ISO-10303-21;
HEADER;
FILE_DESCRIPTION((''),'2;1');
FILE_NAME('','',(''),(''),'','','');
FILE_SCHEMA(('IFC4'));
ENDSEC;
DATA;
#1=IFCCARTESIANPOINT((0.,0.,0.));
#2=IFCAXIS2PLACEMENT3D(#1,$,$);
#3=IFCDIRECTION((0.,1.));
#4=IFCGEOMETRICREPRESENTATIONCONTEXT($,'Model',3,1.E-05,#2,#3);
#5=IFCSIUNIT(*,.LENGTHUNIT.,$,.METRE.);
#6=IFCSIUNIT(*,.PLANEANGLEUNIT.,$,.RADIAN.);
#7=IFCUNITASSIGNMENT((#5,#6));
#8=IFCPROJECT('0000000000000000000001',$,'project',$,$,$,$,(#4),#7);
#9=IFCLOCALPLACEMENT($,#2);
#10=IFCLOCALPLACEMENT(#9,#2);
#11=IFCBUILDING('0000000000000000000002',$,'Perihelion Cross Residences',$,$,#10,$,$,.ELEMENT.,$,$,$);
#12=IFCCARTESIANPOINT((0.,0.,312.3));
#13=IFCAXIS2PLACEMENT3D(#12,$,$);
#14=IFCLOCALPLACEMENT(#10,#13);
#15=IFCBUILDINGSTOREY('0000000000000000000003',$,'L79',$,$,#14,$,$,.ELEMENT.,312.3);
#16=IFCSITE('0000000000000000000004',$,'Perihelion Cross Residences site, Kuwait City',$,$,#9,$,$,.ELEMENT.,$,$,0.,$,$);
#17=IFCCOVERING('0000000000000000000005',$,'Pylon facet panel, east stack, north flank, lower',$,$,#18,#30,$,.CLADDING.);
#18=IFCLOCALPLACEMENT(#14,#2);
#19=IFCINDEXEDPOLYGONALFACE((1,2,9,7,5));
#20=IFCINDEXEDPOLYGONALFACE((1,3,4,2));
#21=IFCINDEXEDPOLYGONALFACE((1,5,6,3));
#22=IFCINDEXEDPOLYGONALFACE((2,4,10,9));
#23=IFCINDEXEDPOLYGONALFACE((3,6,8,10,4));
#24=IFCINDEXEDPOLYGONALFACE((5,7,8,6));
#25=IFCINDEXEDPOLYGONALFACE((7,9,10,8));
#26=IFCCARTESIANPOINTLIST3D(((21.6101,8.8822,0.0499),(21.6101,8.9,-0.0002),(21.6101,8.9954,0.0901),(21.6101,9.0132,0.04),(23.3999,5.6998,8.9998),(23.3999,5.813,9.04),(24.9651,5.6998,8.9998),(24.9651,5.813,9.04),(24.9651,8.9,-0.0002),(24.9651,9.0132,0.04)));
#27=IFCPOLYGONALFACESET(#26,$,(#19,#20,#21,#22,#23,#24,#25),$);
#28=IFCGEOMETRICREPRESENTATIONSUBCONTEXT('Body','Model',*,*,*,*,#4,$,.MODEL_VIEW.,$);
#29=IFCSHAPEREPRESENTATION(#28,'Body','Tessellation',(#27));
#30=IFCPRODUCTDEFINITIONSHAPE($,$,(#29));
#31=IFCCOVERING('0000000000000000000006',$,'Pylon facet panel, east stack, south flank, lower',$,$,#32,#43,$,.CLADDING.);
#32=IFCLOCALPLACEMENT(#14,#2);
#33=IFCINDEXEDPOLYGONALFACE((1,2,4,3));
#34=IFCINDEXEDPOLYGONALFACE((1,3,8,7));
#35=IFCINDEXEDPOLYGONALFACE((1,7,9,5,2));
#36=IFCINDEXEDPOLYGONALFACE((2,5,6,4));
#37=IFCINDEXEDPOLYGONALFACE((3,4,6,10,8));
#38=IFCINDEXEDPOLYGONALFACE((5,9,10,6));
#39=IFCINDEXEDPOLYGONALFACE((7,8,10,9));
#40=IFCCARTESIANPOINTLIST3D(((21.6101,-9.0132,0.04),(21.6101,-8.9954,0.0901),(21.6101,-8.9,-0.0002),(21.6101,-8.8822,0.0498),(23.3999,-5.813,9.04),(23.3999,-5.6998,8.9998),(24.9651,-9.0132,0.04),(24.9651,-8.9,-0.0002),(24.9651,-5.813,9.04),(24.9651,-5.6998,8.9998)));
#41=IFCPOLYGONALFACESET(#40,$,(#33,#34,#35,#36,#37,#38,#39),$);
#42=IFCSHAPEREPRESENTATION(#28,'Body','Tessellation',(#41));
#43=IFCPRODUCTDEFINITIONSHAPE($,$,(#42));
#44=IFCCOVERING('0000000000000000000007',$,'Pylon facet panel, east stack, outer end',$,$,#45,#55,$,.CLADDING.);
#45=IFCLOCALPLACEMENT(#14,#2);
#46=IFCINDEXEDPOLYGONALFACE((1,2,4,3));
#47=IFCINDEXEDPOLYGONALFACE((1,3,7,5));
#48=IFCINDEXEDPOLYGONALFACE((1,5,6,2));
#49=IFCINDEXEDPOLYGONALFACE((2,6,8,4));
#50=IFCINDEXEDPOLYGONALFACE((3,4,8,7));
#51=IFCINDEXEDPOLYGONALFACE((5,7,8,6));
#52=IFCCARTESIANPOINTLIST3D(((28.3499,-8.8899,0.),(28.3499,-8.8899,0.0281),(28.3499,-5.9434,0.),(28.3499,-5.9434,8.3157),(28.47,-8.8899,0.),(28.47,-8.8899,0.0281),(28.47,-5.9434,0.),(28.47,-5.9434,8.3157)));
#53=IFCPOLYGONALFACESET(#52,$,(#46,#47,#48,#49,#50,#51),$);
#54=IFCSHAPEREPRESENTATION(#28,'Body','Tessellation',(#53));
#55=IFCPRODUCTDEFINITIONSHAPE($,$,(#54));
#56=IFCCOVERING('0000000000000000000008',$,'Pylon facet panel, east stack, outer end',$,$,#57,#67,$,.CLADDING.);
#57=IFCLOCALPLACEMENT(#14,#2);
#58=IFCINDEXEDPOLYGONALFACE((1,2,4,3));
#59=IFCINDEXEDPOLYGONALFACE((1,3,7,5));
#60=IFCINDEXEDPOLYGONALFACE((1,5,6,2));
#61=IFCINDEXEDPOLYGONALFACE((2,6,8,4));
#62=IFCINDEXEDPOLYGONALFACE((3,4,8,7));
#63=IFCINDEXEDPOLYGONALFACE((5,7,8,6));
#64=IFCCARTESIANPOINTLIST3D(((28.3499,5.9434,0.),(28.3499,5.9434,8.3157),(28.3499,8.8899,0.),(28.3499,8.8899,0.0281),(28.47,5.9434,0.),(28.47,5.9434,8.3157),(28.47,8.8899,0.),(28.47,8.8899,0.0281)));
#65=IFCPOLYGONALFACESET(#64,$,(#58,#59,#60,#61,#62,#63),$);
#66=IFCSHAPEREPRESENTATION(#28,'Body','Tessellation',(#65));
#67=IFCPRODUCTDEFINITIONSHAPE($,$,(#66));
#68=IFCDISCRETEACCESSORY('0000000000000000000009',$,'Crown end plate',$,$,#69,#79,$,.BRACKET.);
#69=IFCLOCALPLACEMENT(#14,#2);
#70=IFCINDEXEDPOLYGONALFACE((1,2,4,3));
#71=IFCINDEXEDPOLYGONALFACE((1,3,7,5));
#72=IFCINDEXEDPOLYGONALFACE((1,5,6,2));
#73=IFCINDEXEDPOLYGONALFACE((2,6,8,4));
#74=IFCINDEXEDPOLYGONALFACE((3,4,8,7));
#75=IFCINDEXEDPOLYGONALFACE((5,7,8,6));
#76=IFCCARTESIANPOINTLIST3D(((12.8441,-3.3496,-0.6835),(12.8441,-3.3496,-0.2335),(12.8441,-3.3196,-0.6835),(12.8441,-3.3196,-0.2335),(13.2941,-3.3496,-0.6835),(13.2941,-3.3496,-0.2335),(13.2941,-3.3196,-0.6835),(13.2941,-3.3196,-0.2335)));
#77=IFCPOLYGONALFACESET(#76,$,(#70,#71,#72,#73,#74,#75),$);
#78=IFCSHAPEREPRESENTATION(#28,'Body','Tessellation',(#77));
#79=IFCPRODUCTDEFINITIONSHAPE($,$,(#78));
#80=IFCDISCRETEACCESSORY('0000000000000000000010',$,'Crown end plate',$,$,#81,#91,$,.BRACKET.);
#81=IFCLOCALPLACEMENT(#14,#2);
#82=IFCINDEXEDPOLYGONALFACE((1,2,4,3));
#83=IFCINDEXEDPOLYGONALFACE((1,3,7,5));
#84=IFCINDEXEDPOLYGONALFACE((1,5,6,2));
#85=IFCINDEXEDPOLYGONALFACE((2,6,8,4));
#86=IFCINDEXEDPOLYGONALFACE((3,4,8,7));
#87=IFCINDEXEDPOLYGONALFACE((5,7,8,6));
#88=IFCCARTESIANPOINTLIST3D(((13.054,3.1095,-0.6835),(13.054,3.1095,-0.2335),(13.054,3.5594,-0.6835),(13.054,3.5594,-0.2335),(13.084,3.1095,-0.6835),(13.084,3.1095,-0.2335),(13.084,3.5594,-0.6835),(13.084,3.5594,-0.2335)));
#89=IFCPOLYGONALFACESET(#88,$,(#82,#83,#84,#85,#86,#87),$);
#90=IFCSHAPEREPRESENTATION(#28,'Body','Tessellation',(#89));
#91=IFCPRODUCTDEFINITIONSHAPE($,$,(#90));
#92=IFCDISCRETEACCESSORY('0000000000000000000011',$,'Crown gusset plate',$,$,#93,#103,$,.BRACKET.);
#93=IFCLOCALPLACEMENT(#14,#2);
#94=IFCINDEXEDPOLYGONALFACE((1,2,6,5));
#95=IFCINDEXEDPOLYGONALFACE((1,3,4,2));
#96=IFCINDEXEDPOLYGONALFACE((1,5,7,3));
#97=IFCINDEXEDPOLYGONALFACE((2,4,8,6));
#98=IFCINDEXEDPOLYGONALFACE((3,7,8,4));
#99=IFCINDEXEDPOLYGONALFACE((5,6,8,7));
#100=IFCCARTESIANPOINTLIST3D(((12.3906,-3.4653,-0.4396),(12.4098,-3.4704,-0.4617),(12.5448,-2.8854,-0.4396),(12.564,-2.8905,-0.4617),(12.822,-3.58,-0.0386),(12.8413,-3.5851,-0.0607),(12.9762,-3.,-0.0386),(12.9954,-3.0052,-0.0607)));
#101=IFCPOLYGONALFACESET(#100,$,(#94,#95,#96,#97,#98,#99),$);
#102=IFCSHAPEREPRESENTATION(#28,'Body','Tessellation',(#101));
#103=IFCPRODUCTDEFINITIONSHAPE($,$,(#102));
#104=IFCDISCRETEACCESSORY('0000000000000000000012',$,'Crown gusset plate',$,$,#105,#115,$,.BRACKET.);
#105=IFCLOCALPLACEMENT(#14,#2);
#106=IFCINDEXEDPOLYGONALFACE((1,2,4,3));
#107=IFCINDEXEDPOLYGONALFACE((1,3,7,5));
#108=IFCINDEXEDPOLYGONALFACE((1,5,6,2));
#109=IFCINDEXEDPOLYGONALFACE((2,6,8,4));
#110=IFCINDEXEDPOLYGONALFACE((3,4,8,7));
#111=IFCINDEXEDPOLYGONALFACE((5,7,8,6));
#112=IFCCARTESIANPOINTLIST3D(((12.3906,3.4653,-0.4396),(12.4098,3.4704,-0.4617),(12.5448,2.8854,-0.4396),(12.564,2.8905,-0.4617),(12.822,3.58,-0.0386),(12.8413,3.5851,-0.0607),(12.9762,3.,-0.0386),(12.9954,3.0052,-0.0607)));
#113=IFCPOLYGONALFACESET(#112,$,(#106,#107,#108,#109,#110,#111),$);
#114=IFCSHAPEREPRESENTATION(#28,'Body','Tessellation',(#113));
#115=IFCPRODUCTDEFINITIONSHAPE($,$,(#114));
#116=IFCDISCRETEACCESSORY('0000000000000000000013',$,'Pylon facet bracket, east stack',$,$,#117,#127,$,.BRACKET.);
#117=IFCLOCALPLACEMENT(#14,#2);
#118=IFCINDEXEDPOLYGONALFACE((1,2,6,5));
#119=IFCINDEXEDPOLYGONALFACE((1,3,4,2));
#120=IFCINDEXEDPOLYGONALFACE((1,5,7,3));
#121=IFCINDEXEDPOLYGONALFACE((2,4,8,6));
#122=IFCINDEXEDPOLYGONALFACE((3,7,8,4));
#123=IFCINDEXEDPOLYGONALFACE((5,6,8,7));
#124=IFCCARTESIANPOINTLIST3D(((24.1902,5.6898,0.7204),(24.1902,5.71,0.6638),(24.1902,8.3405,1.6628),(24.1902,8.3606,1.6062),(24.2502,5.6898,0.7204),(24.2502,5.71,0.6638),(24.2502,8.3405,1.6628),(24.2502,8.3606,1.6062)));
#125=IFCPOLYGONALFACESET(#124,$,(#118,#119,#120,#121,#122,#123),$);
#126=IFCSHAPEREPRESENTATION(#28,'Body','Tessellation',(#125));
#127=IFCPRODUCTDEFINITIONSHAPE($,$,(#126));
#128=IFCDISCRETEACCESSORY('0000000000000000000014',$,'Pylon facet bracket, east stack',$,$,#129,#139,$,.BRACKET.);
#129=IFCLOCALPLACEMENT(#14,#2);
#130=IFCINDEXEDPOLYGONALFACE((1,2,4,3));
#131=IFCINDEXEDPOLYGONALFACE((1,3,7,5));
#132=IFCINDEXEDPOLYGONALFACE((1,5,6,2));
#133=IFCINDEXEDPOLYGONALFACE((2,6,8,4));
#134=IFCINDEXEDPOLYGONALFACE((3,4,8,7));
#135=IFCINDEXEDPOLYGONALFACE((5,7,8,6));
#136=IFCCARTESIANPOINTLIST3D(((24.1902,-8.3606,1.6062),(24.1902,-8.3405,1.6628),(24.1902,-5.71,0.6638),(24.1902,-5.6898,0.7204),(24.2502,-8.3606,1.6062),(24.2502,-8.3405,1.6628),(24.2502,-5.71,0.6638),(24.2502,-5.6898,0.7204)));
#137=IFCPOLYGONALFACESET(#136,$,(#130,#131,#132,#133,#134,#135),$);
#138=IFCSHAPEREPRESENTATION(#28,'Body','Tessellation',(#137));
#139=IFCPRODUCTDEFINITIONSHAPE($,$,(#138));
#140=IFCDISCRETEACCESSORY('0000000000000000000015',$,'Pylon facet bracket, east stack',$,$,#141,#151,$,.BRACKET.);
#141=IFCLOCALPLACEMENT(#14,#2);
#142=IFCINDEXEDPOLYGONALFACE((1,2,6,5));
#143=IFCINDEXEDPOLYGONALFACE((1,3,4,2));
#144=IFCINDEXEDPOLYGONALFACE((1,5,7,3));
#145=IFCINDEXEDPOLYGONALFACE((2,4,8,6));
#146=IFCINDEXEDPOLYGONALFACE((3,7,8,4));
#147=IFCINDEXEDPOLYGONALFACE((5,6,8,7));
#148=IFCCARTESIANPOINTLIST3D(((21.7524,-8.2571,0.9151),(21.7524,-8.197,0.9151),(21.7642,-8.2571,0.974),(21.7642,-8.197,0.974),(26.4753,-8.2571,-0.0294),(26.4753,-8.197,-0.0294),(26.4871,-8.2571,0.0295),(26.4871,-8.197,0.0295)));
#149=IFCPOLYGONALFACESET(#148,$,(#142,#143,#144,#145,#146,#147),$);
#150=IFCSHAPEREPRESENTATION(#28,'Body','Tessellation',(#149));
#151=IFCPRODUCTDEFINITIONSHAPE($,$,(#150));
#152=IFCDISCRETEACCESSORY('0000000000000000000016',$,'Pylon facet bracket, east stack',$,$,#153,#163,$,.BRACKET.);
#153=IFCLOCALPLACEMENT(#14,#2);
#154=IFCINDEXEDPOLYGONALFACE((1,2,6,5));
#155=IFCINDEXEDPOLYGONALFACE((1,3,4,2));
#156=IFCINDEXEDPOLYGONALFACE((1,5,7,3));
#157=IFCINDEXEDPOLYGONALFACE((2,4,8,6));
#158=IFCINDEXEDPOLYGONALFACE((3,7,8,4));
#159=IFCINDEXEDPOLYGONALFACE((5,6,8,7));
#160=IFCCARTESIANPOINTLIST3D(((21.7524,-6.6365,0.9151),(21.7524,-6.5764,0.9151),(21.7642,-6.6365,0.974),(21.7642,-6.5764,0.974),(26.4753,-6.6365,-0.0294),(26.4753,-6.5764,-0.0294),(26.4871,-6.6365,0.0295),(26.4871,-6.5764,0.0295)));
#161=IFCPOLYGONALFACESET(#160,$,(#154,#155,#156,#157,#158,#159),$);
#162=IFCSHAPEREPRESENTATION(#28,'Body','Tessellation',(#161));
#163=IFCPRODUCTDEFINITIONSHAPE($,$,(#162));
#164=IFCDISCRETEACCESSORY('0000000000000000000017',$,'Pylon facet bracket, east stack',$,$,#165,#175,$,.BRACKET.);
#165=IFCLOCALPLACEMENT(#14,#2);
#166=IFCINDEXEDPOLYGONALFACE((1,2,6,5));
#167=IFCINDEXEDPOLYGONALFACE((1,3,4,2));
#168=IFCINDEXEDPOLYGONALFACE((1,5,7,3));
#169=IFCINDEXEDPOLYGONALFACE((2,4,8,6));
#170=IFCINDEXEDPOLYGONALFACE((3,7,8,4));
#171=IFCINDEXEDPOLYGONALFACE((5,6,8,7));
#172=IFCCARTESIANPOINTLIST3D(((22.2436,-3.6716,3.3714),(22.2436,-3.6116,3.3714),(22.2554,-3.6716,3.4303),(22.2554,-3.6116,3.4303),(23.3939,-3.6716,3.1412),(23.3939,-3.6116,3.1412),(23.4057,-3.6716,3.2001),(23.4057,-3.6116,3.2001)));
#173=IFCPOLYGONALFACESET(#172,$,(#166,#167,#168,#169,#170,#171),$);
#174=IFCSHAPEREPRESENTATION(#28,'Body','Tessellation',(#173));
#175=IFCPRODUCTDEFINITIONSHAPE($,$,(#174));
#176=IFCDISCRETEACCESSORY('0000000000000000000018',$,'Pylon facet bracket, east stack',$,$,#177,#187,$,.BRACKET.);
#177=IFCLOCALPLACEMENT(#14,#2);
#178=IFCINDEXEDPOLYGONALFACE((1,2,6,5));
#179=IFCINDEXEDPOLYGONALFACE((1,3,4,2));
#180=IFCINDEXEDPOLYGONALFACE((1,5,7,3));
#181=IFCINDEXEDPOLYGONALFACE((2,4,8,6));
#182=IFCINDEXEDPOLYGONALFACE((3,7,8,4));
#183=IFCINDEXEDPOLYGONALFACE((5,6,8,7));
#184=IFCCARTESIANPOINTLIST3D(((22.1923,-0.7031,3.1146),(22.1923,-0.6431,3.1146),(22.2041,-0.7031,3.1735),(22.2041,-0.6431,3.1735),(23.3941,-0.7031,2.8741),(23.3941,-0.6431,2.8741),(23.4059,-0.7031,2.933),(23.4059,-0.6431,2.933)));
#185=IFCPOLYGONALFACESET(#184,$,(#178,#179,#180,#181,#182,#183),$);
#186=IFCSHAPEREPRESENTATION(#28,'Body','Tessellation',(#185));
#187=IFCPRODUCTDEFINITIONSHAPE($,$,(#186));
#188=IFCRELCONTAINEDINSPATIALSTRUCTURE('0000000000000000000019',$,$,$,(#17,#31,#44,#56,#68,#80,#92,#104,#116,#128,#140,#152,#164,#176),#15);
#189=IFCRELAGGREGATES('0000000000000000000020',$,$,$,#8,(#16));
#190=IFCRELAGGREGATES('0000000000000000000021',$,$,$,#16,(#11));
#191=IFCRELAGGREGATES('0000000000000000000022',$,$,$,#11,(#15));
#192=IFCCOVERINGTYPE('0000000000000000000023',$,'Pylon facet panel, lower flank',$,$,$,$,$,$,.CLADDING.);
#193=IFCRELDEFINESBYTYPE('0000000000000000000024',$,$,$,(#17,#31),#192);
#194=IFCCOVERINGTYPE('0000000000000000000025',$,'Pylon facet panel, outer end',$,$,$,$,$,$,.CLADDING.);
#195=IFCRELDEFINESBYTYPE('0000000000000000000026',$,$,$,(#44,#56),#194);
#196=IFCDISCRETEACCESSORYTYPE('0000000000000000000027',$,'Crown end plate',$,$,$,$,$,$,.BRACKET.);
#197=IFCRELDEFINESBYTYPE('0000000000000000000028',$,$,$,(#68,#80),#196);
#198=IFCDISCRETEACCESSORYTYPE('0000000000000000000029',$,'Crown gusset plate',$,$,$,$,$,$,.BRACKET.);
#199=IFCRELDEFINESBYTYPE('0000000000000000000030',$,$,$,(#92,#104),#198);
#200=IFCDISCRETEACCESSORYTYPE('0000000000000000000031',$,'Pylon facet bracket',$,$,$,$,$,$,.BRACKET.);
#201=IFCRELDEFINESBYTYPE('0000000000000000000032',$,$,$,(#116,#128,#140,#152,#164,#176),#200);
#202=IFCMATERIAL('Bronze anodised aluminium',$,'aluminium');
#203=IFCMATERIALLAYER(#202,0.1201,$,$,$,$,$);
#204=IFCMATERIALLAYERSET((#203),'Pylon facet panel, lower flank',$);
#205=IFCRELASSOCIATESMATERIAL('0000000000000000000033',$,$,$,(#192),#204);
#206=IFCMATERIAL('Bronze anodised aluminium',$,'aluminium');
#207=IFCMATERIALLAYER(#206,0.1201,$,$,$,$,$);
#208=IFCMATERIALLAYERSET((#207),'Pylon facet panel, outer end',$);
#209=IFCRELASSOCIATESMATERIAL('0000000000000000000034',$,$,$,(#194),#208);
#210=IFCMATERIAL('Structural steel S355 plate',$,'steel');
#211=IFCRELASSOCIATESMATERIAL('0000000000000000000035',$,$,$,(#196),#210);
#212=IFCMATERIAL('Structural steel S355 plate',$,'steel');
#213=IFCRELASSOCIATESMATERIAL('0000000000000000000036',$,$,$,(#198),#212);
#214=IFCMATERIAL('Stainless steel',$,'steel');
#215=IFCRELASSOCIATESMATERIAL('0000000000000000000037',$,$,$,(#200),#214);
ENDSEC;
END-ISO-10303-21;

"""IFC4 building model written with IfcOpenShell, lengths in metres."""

from ifc_helpers import new_model, si_unit, direction, frame, origin, origin_2d, place, context, subcontext, project, spatial, polyline, rectangle, outline, extrude, material, layer, layer_set, material_profile, profile_set, type_object, element, save


model = new_model("IFC4")

# Units and contexts
model_context = context("Model", 3, precision=1e-05, world=origin(), true_north=direction((0.0, 1.0)))
body_context = subcontext(model_context, "Body", "Model", "MODEL_VIEW")
ifc_project = project(units=[si_unit("LENGTHUNIT", "METRE"), si_unit("PLANEANGLEUNIT", "RADIAN")], contexts=[model_context])

# Site, building, storey
site_placement = place(None, origin())
site = spatial("IfcSite", under=ifc_project, at=site_placement, Name="Perihelion Cross Residences site, Kuwait City", CompositionType="ELEMENT", RefElevation=0.0)
building_placement = place(site_placement, origin())
building = spatial("IfcBuilding", under=site, at=building_placement, Name="Perihelion Cross Residences", CompositionType="ELEMENT")
storey_placement = place(building_placement, frame((0.0, 0.0, 312.3)))
storey = spatial("IfcBuildingStorey", under=building, at=storey_placement, Name="L79", CompositionType="ELEMENT", Elevation=312.3)

# Coverings
ifc_material_1 = material(Name="Bronze anodised aluminium", Category="aluminium")
ifc_layer_1 = layer(ifc_material_1, 0.1201)
ifc_layer_set_1 = layer_set([ifc_layer_1], Name="Pylon facet panel, lower flank")
covering_type_1 = type_object("IfcCoveringType", Name="Pylon facet panel, lower flank", PredefinedType="CLADDING", material=ifc_layer_set_1)
covering_1_placement = place(storey_placement, frame((24.9651, 5.813, 9.04), z_axis=(-0.000005, 0.942208, 0.335029), x_axis=(0.0, 0.335029, -0.942208)))
element("IfcCovering", 1, at=covering_1_placement, inside=storey, type_object=covering_type_1, Name="Pylon facet panel, east stack, north flank, lower", PredefinedType="CLADDING", context=body_context, shape_type="SweptSolid", body=[
    extrude(outline(polyline([(0.0, 0.0), (9.552, 0.0), (9.552, 3.355), (9.4989, 3.355), (0.0, 1.5652), (0.0, 0.0)])), origin(), (0.0, 0.0, -1.0), 0.1201),
])
covering_2_placement = place(storey_placement, frame((21.6101, -8.9954, 0.0901), z_axis=(-0.000005, -0.942208, 0.335029), x_axis=(0.0, -0.335029, -0.942208)))
element("IfcCovering", 2, at=covering_2_placement, inside=storey, type_object=covering_type_1, Name="Pylon facet panel, east stack, south flank, lower", PredefinedType="CLADDING", context=body_context, shape_type="SweptSolid", body=[
    extrude(outline(polyline([(0.0, 0.0), (0.0531, 0.0), (0.0531, 3.355), (-9.4989, 3.355), (-9.4989, 1.7898), (0.0, 0.0)])), origin(), (0.0, 0.0, -1.0), 0.1201),
])
ifc_material_2 = material(Name="Bronze anodised aluminium", Category="aluminium")
ifc_layer_2 = layer(ifc_material_2, 0.1201)
ifc_layer_set_2 = layer_set([ifc_layer_2], Name="Pylon facet panel, outer end")
covering_type_2 = type_object("IfcCoveringType", Name="Pylon facet panel, outer end", PredefinedType="CLADDING", material=ifc_layer_set_2)
covering_3_placement = place(storey_placement, frame((28.47, -8.8899, 0.0281), z_axis=(1.0, 0.0, 0.0), x_axis=(0.0, 0.0, -1.0)))
element("IfcCovering", 3, at=covering_3_placement, inside=storey, type_object=covering_type_2, Name="Pylon facet panel, east stack, outer end", PredefinedType="CLADDING", context=body_context, shape_type="SweptSolid", body=[
    extrude(outline(polyline([(0.0, 0.0), (0.0281, 0.0), (0.0281, 2.9465), (-8.2876, 2.9465), (0.0, 0.0)])), origin(), (0.0, 0.0, -1.0), 0.1201),
])
covering_4_placement = place(storey_placement, frame((28.47, 8.8899, 0.0), z_axis=(1.0, 0.0, 0.0), x_axis=(0.0, 0.0, 1.0)))
element("IfcCovering", 4, at=covering_4_placement, inside=storey, type_object=covering_type_2, Name="Pylon facet panel, east stack, outer end", PredefinedType="CLADDING", context=body_context, shape_type="SweptSolid", body=[
    extrude(outline(polyline([(0.0, 0.0), (0.0281, 0.0), (8.3157, 2.9465), (0.0, 2.9465), (0.0, 0.0)])), origin(), (0.0, 0.0, -1.0), 0.1201),
])

# Discrete accessories
ifc_material_3 = material(Name="Structural steel S355 plate", Category="steel")
ifc_material_profile_1 = material_profile(ifc_material_3, rectangle(XDim=0.45, YDim=0.45, at=origin_2d()), Name="Crown end plate")
ifc_profile_set_1 = profile_set([ifc_material_profile_1], Name="Structural steel S355 plate")
discrete_accessory_type_1 = type_object("IfcDiscreteAccessoryType", Name="Crown end plate", PredefinedType="BRACKET", material=ifc_profile_set_1)
for number, where, z_axis, x_axis, name in (
    (5, (13.0691, -3.3496, -0.4585), (0.0, 1.0, 0.0), (-1.0, 0.0, 0.0), "Crown end plate"),
    (6, (13.084, 3.3345, -0.4585), (-1.0, 0.0, 0.0), (0.0, -1.0, 0.0), "Crown end plate"),
):
    element("IfcDiscreteAccessory", number, at=place(storey_placement, frame(where, z_axis=z_axis, x_axis=x_axis)), inside=storey, type_object=discrete_accessory_type_1, Name=name, PredefinedType="BRACKET", context=body_context, shape_type="SweptSolid", body=[
        extrude(rectangle(XDim=0.45, YDim=0.45, at=origin_2d()), origin(), (0.0, 0.0, 1.0), 0.03),
    ])
ifc_material_4 = material(Name="Structural steel S355 plate", Category="steel")
ifc_material_profile_2 = material_profile(ifc_material_4, rectangle(XDim=0.6001, YDim=0.6001, at=origin_2d()), Name="Crown gusset plate")
ifc_profile_set_2 = profile_set([ifc_material_profile_2], Name="Structural steel S355 plate")
discrete_accessory_type_2 = type_object("IfcDiscreteAccessoryType", Name="Crown gusset plate", PredefinedType="BRACKET", material=ifc_profile_set_2)
for number, where, z_axis, x_axis, name in (
    (7, (12.7026, -3.2378, -0.2612), (-0.645829, 0.171676, 0.74393), (-0.256901, -0.966438, 0.0), "Crown gusset plate"),
    (8, (12.7026, 3.2378, -0.2612), (-0.645829, -0.171676, 0.74393), (0.256901, -0.966438, 0.0), "Crown gusset plate"),
):
    element("IfcDiscreteAccessory", number, at=place(storey_placement, frame(where, z_axis=z_axis, x_axis=x_axis)), inside=storey, type_object=discrete_accessory_type_2, Name=name, PredefinedType="BRACKET", context=body_context, shape_type="SweptSolid", body=[
        extrude(rectangle(XDim=0.6001, YDim=0.6001, at=origin_2d()), origin(), (0.0, 0.0, 1.0), 0.0298),
    ])
ifc_material_5 = material(Name="Stainless steel", Category="steel")
ifc_material_profile_3 = material_profile(ifc_material_5, rectangle(XDim=0.0601, YDim=0.0601, at=origin_2d()), Name="Pylon facet bracket")
ifc_profile_set_3 = profile_set([ifc_material_profile_3], Name="Stainless steel")
discrete_accessory_type_3 = type_object("IfcDiscreteAccessoryType", Name="Pylon facet bracket", PredefinedType="BRACKET", material=ifc_profile_set_3)
for number, where, z_axis, x_axis, name in (
    (9, (24.2202, 8.3506, 1.6345), (0.0, -0.942222, -0.334989), (1.0, 0.0, 0.0), "Pylon facet bracket, east stack"),
    (10, (24.2202, -8.3506, 1.6345), (0.0, 0.942222, -0.334989), (-1.0, 0.0, 0.0), "Pylon facet bracket, east stack"),
):
    element("IfcDiscreteAccessory", number, at=place(storey_placement, frame(where, z_axis=z_axis, x_axis=x_axis)), inside=storey, type_object=discrete_accessory_type_3, Name=name, PredefinedType="BRACKET", context=body_context, shape_type="SweptSolid", body=[
        extrude(rectangle(XDim=0.0601, YDim=0.0601, at=origin_2d()), origin(), (0.0, 0.0, 1.0), 2.8132),
    ])
for number, where, z_axis, x_axis, name in (
    (11, (21.7583, -8.2271, 0.9446), (0.980581, 0.0, -0.196116), (0.0, 1.0, 0.0), "Pylon facet bracket, east stack"),
    (12, (21.7583, -6.6064, 0.9446), (0.980581, 0.0, -0.196116), (0.0, 1.0, 0.0), "Pylon facet bracket, east stack"),
):
    element("IfcDiscreteAccessory", number, at=place(storey_placement, frame(where, z_axis=z_axis, x_axis=x_axis)), inside=storey, type_object=discrete_accessory_type_3, Name=name, PredefinedType="BRACKET", context=body_context, shape_type="SweptSolid", body=[
        extrude(rectangle(XDim=0.0601, YDim=0.0601, at=origin_2d()), origin(), (0.0, 0.0, 1.0), 4.8164),
    ])
discrete_accessory_1_placement = place(storey_placement, frame((22.2495, -3.6416, 3.4009), z_axis=(0.980557, 0.0, -0.196236), x_axis=(0.0, 1.0, 0.0)))
element("IfcDiscreteAccessory", 13, at=discrete_accessory_1_placement, inside=storey, type_object=discrete_accessory_type_3, Name="Pylon facet bracket, east stack", PredefinedType="BRACKET", context=body_context, shape_type="SweptSolid", body=[
    extrude(rectangle(XDim=0.0601, YDim=0.0601, at=origin_2d()), origin(), (0.0, 0.0, 1.0), 1.1731),
])
for number, where, z_axis, x_axis, name in (
    (14, (22.1982, -0.6731, 3.144), (0.980558, 0.0, -0.196231), (0.0, 1.0, 0.0), "Pylon facet bracket, east stack"),
):
    element("IfcDiscreteAccessory", number, at=place(storey_placement, frame(where, z_axis=z_axis, x_axis=x_axis)), inside=storey, type_object=discrete_accessory_type_3, Name=name, PredefinedType="BRACKET", context=body_context, shape_type="SweptSolid", body=[
        extrude(rectangle(XDim=0.0601, YDim=0.0601, at=origin_2d()), origin(), (0.0, 0.0, 1.0), 1.2256),
    ])

save(model, "model.ifc")
